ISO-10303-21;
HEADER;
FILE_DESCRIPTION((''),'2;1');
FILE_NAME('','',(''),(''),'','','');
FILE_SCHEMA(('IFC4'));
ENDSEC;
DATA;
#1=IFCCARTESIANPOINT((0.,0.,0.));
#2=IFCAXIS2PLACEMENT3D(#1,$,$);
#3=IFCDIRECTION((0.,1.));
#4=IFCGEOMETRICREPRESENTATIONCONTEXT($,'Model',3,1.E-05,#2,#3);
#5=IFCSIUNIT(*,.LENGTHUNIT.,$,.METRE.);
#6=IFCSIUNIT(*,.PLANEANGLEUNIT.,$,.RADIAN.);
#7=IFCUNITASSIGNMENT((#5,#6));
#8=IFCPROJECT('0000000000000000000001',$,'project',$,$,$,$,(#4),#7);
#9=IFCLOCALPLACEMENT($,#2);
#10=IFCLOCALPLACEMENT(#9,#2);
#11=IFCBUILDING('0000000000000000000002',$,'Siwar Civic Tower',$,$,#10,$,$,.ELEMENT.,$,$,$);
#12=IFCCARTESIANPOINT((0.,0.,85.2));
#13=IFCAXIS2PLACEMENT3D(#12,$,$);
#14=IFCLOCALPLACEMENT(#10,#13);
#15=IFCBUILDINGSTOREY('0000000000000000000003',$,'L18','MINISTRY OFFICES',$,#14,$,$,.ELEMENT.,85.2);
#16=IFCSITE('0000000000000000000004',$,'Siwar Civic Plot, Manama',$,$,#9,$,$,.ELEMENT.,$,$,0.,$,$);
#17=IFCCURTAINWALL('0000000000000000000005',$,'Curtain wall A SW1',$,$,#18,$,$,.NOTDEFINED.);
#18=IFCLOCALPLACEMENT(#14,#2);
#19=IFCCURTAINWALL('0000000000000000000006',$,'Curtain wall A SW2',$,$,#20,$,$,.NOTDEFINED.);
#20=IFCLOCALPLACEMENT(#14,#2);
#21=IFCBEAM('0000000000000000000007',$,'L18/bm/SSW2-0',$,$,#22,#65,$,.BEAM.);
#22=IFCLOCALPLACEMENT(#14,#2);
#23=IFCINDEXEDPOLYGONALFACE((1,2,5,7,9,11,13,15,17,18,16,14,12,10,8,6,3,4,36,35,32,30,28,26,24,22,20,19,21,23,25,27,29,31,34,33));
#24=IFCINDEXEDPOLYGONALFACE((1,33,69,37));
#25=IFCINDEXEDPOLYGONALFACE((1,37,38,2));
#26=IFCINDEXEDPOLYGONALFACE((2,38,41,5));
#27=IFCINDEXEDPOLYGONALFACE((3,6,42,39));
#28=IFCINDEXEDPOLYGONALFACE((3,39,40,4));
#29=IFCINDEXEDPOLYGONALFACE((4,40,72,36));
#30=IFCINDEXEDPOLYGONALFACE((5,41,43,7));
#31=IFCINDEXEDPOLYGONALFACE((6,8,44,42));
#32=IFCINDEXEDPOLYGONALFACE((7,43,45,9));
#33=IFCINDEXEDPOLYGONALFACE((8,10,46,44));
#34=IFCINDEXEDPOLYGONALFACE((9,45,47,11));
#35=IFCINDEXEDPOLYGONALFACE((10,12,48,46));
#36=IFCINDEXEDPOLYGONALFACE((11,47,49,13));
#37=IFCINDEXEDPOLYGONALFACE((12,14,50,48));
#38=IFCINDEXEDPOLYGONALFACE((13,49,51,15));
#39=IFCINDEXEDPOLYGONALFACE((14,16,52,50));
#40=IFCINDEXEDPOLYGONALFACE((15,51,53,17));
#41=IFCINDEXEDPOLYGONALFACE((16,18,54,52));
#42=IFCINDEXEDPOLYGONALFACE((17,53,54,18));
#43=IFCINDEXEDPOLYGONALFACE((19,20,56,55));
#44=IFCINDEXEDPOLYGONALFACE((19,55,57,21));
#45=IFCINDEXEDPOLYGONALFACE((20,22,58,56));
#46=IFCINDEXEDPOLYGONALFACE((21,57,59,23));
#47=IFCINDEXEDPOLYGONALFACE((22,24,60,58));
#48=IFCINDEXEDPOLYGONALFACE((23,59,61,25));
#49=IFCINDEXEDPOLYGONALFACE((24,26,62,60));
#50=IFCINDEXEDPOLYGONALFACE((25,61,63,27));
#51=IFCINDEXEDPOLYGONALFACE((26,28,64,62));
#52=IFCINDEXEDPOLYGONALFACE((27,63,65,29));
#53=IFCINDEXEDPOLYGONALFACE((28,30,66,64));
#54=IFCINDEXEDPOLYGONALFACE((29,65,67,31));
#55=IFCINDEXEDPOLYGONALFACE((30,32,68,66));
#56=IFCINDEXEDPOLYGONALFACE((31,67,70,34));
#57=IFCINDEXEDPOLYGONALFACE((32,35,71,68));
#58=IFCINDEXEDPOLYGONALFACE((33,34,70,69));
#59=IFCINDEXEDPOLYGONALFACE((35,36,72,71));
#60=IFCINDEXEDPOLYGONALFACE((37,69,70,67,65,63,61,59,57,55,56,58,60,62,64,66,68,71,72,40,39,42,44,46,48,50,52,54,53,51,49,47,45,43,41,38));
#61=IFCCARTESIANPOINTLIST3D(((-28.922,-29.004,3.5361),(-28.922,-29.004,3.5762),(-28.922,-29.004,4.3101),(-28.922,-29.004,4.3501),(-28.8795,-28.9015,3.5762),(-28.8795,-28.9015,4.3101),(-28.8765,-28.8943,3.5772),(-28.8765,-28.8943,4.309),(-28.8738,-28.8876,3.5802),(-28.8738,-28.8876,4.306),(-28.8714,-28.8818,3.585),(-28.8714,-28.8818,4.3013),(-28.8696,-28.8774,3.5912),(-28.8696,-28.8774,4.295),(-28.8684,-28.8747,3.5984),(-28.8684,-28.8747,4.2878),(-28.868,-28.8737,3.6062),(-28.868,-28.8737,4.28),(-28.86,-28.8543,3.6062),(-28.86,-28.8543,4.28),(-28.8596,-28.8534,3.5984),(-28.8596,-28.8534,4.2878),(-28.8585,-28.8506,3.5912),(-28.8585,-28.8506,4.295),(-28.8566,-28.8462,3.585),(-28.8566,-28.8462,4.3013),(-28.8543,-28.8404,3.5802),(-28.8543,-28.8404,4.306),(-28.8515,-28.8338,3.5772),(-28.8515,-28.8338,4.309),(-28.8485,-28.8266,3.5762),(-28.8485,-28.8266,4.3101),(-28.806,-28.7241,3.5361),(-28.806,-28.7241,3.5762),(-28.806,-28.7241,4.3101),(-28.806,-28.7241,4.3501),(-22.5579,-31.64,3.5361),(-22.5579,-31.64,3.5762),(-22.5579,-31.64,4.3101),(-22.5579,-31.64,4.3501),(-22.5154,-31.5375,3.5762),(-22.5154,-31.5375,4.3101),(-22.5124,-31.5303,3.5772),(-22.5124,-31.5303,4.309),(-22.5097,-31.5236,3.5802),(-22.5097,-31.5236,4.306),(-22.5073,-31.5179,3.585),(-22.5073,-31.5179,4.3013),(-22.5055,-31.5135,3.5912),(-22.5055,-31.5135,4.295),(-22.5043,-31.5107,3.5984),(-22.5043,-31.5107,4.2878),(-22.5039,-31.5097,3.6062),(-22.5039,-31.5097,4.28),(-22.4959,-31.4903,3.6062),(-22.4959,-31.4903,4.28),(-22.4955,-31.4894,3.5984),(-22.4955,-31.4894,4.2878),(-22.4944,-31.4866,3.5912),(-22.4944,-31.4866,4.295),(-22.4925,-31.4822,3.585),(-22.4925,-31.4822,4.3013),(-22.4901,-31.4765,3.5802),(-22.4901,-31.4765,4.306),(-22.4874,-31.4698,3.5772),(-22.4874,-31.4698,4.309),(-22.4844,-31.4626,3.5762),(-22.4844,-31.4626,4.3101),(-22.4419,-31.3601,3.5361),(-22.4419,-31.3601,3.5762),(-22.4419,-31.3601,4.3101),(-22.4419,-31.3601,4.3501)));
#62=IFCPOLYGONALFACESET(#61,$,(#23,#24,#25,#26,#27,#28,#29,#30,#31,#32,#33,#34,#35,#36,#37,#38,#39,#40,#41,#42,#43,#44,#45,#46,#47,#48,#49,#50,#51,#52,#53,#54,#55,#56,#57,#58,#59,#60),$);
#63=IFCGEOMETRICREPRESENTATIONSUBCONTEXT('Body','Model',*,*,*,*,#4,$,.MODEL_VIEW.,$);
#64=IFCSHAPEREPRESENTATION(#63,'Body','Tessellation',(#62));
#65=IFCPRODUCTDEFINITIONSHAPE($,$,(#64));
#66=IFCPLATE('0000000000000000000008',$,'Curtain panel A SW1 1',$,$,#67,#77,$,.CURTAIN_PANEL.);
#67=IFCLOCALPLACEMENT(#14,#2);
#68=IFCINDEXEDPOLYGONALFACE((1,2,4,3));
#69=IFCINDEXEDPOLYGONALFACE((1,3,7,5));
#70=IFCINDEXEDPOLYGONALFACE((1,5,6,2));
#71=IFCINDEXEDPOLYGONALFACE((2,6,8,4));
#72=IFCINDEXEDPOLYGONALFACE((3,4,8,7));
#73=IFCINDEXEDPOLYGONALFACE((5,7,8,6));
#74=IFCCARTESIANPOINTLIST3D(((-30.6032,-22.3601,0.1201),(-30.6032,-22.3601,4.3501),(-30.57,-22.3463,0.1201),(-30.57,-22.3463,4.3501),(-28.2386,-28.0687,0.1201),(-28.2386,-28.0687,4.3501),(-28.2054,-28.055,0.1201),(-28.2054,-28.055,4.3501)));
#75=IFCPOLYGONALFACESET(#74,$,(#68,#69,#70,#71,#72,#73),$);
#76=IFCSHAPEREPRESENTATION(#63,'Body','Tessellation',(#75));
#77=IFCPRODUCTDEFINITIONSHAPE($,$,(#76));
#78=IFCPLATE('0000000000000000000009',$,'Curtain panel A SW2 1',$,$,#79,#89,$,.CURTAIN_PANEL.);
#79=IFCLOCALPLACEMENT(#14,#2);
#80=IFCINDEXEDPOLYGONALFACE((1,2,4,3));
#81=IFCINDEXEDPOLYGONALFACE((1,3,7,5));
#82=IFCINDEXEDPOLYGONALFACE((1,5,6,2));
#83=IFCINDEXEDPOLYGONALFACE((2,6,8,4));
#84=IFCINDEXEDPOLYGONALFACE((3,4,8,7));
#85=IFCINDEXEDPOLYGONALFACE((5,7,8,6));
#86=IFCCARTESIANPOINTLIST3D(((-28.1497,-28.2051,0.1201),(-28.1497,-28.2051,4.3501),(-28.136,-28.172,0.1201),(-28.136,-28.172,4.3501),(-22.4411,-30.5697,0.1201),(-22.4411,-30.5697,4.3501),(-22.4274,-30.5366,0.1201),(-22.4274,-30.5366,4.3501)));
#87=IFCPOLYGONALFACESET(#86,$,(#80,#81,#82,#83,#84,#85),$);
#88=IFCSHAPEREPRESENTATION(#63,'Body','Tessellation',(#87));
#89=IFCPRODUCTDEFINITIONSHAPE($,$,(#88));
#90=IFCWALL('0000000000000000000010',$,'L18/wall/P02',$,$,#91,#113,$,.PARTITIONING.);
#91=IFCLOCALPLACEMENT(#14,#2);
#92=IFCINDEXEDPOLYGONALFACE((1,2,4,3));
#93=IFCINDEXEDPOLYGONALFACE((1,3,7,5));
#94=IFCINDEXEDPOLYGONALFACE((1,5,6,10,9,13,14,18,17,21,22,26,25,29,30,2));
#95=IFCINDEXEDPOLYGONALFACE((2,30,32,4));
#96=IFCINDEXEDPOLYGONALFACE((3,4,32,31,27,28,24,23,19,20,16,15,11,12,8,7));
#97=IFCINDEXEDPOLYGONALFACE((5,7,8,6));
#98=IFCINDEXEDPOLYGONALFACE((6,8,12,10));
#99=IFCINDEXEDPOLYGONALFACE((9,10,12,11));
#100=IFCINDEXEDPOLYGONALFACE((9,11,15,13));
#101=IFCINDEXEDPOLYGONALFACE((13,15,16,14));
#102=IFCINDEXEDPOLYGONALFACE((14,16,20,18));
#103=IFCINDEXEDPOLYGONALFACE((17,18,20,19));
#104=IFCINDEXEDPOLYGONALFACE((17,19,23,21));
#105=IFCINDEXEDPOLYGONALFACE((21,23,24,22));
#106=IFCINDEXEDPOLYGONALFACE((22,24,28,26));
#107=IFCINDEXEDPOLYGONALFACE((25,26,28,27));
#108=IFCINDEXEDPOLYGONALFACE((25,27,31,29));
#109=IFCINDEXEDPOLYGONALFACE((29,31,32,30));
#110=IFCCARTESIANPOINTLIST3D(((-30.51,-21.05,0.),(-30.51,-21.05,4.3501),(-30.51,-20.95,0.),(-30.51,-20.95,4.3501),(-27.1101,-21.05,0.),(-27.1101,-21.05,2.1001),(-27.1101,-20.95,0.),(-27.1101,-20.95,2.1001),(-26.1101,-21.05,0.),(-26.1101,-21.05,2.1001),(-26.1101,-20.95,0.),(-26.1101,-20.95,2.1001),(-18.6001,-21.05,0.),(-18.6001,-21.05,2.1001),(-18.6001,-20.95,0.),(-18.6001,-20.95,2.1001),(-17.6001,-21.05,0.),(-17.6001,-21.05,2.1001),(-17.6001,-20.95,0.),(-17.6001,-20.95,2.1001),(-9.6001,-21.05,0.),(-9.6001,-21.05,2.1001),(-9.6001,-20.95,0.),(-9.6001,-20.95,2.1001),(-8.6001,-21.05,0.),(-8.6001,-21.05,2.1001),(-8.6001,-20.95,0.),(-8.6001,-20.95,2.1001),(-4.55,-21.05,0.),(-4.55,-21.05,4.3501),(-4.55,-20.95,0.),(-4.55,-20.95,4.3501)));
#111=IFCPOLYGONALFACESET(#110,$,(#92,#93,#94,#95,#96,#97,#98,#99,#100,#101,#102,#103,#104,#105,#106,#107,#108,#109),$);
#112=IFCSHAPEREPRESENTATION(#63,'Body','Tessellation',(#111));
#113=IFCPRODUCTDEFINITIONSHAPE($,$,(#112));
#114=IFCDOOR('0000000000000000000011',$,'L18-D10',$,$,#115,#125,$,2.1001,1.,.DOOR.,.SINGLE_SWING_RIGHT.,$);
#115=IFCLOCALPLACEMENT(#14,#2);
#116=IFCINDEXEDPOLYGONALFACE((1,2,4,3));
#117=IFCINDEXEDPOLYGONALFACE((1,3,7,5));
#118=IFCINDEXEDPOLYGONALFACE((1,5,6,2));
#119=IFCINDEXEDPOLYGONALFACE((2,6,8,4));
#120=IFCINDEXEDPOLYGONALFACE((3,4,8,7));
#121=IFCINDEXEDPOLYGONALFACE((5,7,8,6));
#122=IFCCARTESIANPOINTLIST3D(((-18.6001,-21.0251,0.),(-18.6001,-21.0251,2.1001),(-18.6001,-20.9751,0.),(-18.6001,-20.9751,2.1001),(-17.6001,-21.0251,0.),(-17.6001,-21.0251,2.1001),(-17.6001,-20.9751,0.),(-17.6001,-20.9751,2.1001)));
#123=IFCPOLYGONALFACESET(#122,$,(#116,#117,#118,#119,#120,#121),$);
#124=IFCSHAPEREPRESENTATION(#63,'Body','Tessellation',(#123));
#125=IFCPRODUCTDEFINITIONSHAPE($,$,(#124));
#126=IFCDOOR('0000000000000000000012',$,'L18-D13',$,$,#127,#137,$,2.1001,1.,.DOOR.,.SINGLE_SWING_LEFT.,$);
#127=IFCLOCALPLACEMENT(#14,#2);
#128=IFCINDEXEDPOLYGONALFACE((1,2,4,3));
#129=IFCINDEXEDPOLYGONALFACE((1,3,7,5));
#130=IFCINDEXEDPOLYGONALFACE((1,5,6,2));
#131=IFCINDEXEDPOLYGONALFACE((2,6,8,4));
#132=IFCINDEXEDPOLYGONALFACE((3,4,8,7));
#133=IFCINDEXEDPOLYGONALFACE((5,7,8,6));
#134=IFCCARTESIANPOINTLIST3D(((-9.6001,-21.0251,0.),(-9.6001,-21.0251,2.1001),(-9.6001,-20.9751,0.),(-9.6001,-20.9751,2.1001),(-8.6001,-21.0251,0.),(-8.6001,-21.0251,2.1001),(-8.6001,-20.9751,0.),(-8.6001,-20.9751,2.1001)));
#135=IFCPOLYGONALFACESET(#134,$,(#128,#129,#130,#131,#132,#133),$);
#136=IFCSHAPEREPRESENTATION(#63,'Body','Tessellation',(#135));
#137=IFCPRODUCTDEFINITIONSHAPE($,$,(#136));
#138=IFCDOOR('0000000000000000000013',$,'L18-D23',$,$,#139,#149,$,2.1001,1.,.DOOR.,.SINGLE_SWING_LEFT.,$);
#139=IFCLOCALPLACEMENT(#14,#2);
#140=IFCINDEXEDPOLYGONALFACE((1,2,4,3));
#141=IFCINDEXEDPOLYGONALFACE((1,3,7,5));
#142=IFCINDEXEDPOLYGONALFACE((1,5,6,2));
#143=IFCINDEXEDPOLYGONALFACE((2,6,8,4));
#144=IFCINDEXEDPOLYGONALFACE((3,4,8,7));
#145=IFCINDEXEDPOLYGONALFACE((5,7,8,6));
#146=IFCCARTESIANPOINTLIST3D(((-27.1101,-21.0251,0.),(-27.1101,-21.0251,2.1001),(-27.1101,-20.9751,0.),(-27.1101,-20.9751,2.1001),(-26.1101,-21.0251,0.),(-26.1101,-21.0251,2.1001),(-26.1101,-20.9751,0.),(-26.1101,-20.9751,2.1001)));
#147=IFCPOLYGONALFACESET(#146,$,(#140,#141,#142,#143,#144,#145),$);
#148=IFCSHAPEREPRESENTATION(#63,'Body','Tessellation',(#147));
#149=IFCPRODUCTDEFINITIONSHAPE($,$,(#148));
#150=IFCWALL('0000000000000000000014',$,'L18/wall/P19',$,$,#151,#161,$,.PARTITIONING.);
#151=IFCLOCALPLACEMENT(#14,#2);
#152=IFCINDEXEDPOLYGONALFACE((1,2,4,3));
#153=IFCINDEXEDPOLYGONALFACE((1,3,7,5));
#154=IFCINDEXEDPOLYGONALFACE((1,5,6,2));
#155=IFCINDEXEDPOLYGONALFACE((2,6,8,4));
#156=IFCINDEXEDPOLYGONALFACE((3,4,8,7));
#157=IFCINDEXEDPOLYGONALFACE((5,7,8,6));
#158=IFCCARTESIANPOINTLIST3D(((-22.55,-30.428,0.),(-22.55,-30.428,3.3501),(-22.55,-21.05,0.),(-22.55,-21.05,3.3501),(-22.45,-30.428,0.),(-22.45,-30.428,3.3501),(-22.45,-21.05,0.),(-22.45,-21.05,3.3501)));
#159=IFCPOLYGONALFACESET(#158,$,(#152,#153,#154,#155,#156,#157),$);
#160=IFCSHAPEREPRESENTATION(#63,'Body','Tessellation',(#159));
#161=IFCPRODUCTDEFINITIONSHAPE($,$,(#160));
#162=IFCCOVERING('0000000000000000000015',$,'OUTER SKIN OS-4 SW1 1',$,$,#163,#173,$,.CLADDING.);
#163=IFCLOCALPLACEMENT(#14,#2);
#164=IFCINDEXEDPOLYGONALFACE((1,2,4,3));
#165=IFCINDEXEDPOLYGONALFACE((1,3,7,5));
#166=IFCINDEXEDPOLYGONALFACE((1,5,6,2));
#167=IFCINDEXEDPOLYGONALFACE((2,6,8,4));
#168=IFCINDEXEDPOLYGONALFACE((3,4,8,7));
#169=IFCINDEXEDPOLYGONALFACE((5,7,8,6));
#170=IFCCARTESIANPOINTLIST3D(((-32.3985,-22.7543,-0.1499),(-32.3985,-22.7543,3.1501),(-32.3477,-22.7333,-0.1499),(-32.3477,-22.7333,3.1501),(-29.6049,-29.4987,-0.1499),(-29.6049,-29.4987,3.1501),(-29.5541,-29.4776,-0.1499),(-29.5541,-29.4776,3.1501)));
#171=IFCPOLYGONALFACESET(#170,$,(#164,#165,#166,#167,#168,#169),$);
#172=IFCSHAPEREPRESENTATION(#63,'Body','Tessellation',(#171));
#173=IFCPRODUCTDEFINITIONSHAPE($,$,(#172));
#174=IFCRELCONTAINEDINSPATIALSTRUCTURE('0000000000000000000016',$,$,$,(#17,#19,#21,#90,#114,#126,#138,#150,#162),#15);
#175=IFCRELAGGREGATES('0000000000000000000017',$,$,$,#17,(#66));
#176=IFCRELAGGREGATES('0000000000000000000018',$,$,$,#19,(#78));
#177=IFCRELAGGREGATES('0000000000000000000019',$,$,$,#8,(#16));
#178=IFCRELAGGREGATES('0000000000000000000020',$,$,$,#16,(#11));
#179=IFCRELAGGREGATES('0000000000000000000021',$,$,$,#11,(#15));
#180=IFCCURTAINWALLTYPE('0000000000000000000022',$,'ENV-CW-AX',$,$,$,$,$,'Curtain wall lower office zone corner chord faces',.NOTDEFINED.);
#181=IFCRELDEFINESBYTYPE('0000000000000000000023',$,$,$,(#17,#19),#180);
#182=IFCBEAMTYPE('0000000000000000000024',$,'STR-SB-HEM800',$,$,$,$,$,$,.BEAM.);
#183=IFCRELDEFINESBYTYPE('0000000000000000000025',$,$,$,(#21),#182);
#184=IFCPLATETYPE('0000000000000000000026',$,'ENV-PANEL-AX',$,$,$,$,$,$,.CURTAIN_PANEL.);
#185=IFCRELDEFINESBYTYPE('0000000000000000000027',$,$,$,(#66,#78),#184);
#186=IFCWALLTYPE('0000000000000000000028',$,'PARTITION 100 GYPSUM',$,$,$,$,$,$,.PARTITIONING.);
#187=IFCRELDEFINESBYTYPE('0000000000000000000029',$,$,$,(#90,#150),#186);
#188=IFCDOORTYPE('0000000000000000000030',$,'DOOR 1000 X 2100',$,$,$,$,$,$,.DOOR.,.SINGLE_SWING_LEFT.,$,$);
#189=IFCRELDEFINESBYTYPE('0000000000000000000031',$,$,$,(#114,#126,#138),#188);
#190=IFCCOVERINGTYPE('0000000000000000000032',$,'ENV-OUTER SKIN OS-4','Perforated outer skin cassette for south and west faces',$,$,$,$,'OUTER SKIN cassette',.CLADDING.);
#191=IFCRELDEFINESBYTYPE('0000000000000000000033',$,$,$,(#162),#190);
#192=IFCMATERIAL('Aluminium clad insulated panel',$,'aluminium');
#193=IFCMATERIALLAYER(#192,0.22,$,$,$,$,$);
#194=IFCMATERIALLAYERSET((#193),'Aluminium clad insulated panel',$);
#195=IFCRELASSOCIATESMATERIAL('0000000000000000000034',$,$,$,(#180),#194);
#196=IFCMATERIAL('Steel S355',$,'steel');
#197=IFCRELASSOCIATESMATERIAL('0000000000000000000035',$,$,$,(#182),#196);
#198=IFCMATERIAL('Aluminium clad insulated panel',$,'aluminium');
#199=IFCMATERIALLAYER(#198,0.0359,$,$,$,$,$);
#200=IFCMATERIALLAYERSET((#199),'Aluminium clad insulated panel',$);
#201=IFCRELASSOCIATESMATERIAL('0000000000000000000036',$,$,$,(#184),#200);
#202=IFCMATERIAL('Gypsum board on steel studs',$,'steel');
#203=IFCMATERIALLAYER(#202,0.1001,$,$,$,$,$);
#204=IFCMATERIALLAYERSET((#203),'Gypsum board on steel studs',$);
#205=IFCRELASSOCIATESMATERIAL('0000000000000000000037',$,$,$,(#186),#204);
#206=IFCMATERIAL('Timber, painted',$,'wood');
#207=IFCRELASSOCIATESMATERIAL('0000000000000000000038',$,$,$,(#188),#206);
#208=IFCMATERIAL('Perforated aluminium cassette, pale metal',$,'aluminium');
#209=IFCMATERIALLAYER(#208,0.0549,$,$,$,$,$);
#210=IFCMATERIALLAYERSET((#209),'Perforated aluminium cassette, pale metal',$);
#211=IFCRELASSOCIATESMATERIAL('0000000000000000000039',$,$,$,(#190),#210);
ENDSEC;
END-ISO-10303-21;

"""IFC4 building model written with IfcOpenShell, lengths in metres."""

from ifc_helpers import new_model, si_unit, direction, frame, frame_2d, origin, origin_2d, place, context, subcontext, project, spatial, rectangle, i_section, extrude, material, layer, layer_set, material_profile, profile_set, type_object, element, fill, aggregate, save


model = new_model("IFC4")

# Units and contexts
model_context = context("Model", 3, precision=1e-05, world=origin(), true_north=direction((0.0, 1.0)))
body_context = subcontext(model_context, "Body", "Model", "MODEL_VIEW")
ifc_project = project(units=[si_unit("LENGTHUNIT", "METRE"), si_unit("PLANEANGLEUNIT", "RADIAN")], contexts=[model_context])

# Site, building, storey
site_placement = place(None, origin())
site = spatial("IfcSite", under=ifc_project, at=site_placement, Name="Siwar Civic Plot, Manama", CompositionType="ELEMENT", RefElevation=0.0)
building_placement = place(site_placement, origin())
building = spatial("IfcBuilding", under=site, at=building_placement, Name="Siwar Civic Tower", CompositionType="ELEMENT")
storey_placement = place(building_placement, frame((0.0, 0.0, 85.2)))
storey = spatial("IfcBuildingStorey", under=building, at=storey_placement, Name="L18", Description="MINISTRY OFFICES", CompositionType="ELEMENT", Elevation=85.2)

# Curtain walls
ifc_material_1 = material(Name="Aluminium clad insulated panel", Category="aluminium")
ifc_layer_1 = layer(ifc_material_1, 0.22)
ifc_layer_set_1 = layer_set([ifc_layer_1], Name="Aluminium clad insulated panel")
curtain_wall_type = type_object("IfcCurtainWallType", Name="ENV-CW-AX", ElementType="Curtain wall lower office zone corner chord faces", PredefinedType="NOTDEFINED", material=ifc_layer_set_1)
curtain_wall_1_placement = place(storey_placement, origin())
curtain_wall_1 = element("IfcCurtainWall", 1, at=curtain_wall_1_placement, inside=storey, type_object=curtain_wall_type, Name="Curtain wall A SW1", PredefinedType="NOTDEFINED")
curtain_wall_2_placement = place(storey_placement, origin())
curtain_wall_2 = element("IfcCurtainWall", 2, at=curtain_wall_2_placement, inside=storey, type_object=curtain_wall_type, Name="Curtain wall A SW2", PredefinedType="NOTDEFINED")

# Beam
ifc_material_2 = material(Name="Steel S355", Category="steel")
ifc_material_profile_1 = material_profile(ifc_material_2, i_section(OverallWidth=0.303, OverallDepth=0.814, WebThickness=0.021, FlangeThickness=0.04, FilletRadius=0.03, at=origin_2d()), Name="HEM800")
ifc_profile_set_1 = profile_set([ifc_material_profile_1], Name="Steel S355")
beam_type_1 = type_object("IfcBeamType", Name="STR-SB-HEM800", PredefinedType="BEAM", material=ifc_profile_set_1)
for number, where, z_axis, x_axis, name in (
    (3, (-28.864, -28.864, 3.9431), (0.923883, -0.382674, 0.0), (0.382674, 0.923883, 0.0), "L18/bm/SSW2-0"),
):
    element("IfcBeam", number, at=place(storey_placement, frame(where, z_axis=z_axis, x_axis=x_axis)), inside=storey, type_object=beam_type_1, Name=name, PredefinedType="BEAM", context=body_context, shape_type="SweptSolid", body=[
        extrude(i_section(OverallWidth=0.303, OverallDepth=0.814, WebThickness=0.021, FlangeThickness=0.04, FilletRadius=0.03, at=origin_2d()), origin(), (0.0, 0.0, 1.0), 6.8884),
    ])

# Plates
ifc_material_3 = material(Name="Aluminium clad insulated panel", Category="aluminium")
ifc_layer_2 = layer(ifc_material_3, 0.0359)
ifc_layer_set_2 = layer_set([ifc_layer_2], Name="Aluminium clad insulated panel")
plate_type = type_object("IfcPlateType", Name="ENV-PANEL-AX", PredefinedType="CURTAIN_PANEL", material=ifc_layer_set_2)
plate_1_placement = place(storey_placement, frame((-29.4043, -25.2075, 0.1201), z_axis=(0.0, 0.0, 1.0), x_axis=(0.382683, -0.92388, 0.0)))
plate_1 = element("IfcPlate", 4, at=plate_1_placement, type_object=plate_type, Name="Curtain panel A SW1 1", PredefinedType="CURTAIN_PANEL", context=body_context, shape_type="SweptSolid", body=[
    extrude(rectangle(XDim=6.179, YDim=0.0359, at=origin_2d()), origin(), (0.0, 0.0, 1.0), 4.23),
])
aggregate(curtain_wall_1, [plate_1])
plate_2_placement = place(storey_placement, frame((-25.2886, -29.3708, 0.1201), z_axis=(0.0, 0.0, 1.0), x_axis=(0.92388, -0.382683, 0.0)))
plate_2 = element("IfcPlate", 5, at=plate_2_placement, type_object=plate_type, Name="Curtain panel A SW2 1", PredefinedType="CURTAIN_PANEL", context=body_context, shape_type="SweptSolid", body=[
    extrude(rectangle(XDim=6.179, YDim=0.0359, at=origin_2d()), origin(), (0.0, 0.0, 1.0), 4.23),
])
aggregate(curtain_wall_2, [plate_2])

# Wall, openings, doors
ifc_material_4 = material(Name="Gypsum board on steel studs", Category="steel")
ifc_layer_3 = layer(ifc_material_4, 0.1001)
ifc_layer_set_3 = layer_set([ifc_layer_3], Name="Gypsum board on steel studs")
wall_type = type_object("IfcWallType", Name="PARTITION 100 GYPSUM", PredefinedType="PARTITIONING", material=ifc_layer_set_3)
wall_1_placement = place(storey_placement, frame((-30.51, -21.0, 0.0), z_axis=(0.0, 0.0, 1.0), x_axis=(1.0, 0.0, 0.0)))
wall_1 = element("IfcWall", 6, at=wall_1_placement, inside=storey, type_object=wall_type, Name="L18/wall/P02", PredefinedType="PARTITIONING", context=body_context, shape_type="SweptSolid", body=[
    extrude(rectangle(XDim=25.96, YDim=0.1001, at=frame_2d((12.98, 0.0))), origin(), (0.0, 0.0, 1.0), 4.3501),
])
opening_1_placement = place(wall_1_placement, frame((11.9099, 0.0, 0.0)))
opening_1 = element("IfcOpeningElement", 7, at=opening_1_placement, cuts=wall_1, PredefinedType="OPENING", context=body_context, shape_type="SweptSolid", body=[
    extrude(rectangle(XDim=1.0, YDim=2.1001, at=frame_2d((0.5, 1.05))), frame((0.0, 0.0601, 0.0), z_axis=(0.0, -1.0, 0.0), x_axis=(1.0, 0.0, 0.0)), (0.0, 0.0, 1.0), 0.1201),
])
opening_2_placement = place(wall_1_placement, frame((20.9099, 0.0, 0.0)))
opening_2 = element("IfcOpeningElement", 8, at=opening_2_placement, cuts=wall_1, PredefinedType="OPENING", context=body_context, shape_type="SweptSolid", body=[
    extrude(rectangle(XDim=1.0, YDim=2.1001, at=frame_2d((0.5, 1.05))), frame((0.0, 0.0601, 0.0), z_axis=(0.0, -1.0, 0.0), x_axis=(1.0, 0.0, 0.0)), (0.0, 0.0, 1.0), 0.1201),
])
opening_3_placement = place(wall_1_placement, frame((3.3999, 0.0, 0.0)))
opening_3 = element("IfcOpeningElement", 9, at=opening_3_placement, cuts=wall_1, PredefinedType="OPENING", context=body_context, shape_type="SweptSolid", body=[
    extrude(rectangle(XDim=1.0, YDim=2.1001, at=frame_2d((0.5, 1.05))), frame((0.0, 0.0601, 0.0), z_axis=(0.0, -1.0, 0.0), x_axis=(1.0, 0.0, 0.0)), (0.0, 0.0, 1.0), 0.1201),
])
ifc_material_5 = material(Name="Timber, painted", Category="wood")
door_type = type_object("IfcDoorType", Name="DOOR 1000 X 2100", OperationType="SINGLE_SWING_LEFT", PredefinedType="DOOR", material=ifc_material_5)
door_1_placement = place(opening_1_placement, origin())
door_1 = element("IfcDoor", 10, at=door_1_placement, inside=storey, type_object=door_type, Name="L18-D10", OperationType="SINGLE_SWING_RIGHT", OverallHeight=2.1001, OverallWidth=1.0, PredefinedType="DOOR", context=body_context, shape_type="SweptSolid", body=[
    extrude(rectangle(XDim=1.0, YDim=2.1001, at=frame_2d((0.5, 1.05))), frame((0.0, 0.0249, 0.0), z_axis=(0.0, -1.0, 0.0), x_axis=(1.0, 0.0, 0.0)), (0.0, 0.0, 1.0), 0.05),
])
fill(opening_1, door_1)
door_2_placement = place(opening_2_placement, origin())
door_2 = element("IfcDoor", 11, at=door_2_placement, inside=storey, type_object=door_type, Name="L18-D13", OperationType="SINGLE_SWING_LEFT", OverallHeight=2.1001, OverallWidth=1.0, PredefinedType="DOOR", context=body_context, shape_type="SweptSolid", body=[
    extrude(rectangle(XDim=1.0, YDim=2.1001, at=frame_2d((0.5, 1.05))), frame((0.0, 0.0249, 0.0), z_axis=(0.0, -1.0, 0.0), x_axis=(1.0, 0.0, 0.0)), (0.0, 0.0, 1.0), 0.05),
])
fill(opening_2, door_2)
door_3_placement = place(opening_3_placement, origin())
door_3 = element("IfcDoor", 12, at=door_3_placement, inside=storey, type_object=door_type, Name="L18-D23", OperationType="SINGLE_SWING_LEFT", OverallHeight=2.1001, OverallWidth=1.0, PredefinedType="DOOR", context=body_context, shape_type="SweptSolid", body=[
    extrude(rectangle(XDim=1.0, YDim=2.1001, at=frame_2d((0.5, 1.05))), frame((0.0, 0.0249, 0.0), z_axis=(0.0, -1.0, 0.0), x_axis=(1.0, 0.0, 0.0)), (0.0, 0.0, 1.0), 0.05),
])
fill(opening_3, door_3)

# Wall
wall_2_placement = place(storey_placement, frame((-22.5, -30.428, 0.0), z_axis=(0.0, 0.0, 1.0), x_axis=(0.0, 1.0, 0.0)))
element("IfcWall", 13, at=wall_2_placement, inside=storey, type_object=wall_type, Name="L18/wall/P19", PredefinedType="PARTITIONING", context=body_context, shape_type="SweptSolid", body=[
    extrude(rectangle(XDim=9.3779, YDim=0.1001, at=frame_2d((4.689, 0.0))), origin(), (0.0, 0.0, 1.0), 3.3501),
])

# Covering
ifc_material_6 = material(Name="Perforated aluminium cassette, pale metal", Category="aluminium")
ifc_layer_4 = layer(ifc_material_6, 0.0549)
ifc_layer_set_4 = layer_set([ifc_layer_4], Name="Perforated aluminium cassette, pale metal")
covering_type = type_object("IfcCoveringType", Name="ENV-OUTER SKIN OS-4", Description="Perforated outer skin cassette for south and west faces", ElementType="OUTER SKIN cassette", PredefinedType="CLADDING", material=ifc_layer_set_4)
for number, where, z_axis, x_axis, name in (
    (14, (-30.9763, -26.116, -0.1499), (0.0, 0.0, 1.0), (0.382683, -0.92388, 0.0), "OUTER SKIN OS-4 SW1 1"),
):
    element("IfcCovering", number, at=place(storey_placement, frame(where, z_axis=z_axis, x_axis=x_axis)), inside=storey, type_object=covering_type, Name=name, PredefinedType="CLADDING", context=body_context, shape_type="SweptSolid", body=[
        extrude(rectangle(XDim=7.3, YDim=0.0549, at=origin_2d()), origin(), (0.0, 0.0, 1.0), 3.3),
    ])

save(model, "model.ifc")
